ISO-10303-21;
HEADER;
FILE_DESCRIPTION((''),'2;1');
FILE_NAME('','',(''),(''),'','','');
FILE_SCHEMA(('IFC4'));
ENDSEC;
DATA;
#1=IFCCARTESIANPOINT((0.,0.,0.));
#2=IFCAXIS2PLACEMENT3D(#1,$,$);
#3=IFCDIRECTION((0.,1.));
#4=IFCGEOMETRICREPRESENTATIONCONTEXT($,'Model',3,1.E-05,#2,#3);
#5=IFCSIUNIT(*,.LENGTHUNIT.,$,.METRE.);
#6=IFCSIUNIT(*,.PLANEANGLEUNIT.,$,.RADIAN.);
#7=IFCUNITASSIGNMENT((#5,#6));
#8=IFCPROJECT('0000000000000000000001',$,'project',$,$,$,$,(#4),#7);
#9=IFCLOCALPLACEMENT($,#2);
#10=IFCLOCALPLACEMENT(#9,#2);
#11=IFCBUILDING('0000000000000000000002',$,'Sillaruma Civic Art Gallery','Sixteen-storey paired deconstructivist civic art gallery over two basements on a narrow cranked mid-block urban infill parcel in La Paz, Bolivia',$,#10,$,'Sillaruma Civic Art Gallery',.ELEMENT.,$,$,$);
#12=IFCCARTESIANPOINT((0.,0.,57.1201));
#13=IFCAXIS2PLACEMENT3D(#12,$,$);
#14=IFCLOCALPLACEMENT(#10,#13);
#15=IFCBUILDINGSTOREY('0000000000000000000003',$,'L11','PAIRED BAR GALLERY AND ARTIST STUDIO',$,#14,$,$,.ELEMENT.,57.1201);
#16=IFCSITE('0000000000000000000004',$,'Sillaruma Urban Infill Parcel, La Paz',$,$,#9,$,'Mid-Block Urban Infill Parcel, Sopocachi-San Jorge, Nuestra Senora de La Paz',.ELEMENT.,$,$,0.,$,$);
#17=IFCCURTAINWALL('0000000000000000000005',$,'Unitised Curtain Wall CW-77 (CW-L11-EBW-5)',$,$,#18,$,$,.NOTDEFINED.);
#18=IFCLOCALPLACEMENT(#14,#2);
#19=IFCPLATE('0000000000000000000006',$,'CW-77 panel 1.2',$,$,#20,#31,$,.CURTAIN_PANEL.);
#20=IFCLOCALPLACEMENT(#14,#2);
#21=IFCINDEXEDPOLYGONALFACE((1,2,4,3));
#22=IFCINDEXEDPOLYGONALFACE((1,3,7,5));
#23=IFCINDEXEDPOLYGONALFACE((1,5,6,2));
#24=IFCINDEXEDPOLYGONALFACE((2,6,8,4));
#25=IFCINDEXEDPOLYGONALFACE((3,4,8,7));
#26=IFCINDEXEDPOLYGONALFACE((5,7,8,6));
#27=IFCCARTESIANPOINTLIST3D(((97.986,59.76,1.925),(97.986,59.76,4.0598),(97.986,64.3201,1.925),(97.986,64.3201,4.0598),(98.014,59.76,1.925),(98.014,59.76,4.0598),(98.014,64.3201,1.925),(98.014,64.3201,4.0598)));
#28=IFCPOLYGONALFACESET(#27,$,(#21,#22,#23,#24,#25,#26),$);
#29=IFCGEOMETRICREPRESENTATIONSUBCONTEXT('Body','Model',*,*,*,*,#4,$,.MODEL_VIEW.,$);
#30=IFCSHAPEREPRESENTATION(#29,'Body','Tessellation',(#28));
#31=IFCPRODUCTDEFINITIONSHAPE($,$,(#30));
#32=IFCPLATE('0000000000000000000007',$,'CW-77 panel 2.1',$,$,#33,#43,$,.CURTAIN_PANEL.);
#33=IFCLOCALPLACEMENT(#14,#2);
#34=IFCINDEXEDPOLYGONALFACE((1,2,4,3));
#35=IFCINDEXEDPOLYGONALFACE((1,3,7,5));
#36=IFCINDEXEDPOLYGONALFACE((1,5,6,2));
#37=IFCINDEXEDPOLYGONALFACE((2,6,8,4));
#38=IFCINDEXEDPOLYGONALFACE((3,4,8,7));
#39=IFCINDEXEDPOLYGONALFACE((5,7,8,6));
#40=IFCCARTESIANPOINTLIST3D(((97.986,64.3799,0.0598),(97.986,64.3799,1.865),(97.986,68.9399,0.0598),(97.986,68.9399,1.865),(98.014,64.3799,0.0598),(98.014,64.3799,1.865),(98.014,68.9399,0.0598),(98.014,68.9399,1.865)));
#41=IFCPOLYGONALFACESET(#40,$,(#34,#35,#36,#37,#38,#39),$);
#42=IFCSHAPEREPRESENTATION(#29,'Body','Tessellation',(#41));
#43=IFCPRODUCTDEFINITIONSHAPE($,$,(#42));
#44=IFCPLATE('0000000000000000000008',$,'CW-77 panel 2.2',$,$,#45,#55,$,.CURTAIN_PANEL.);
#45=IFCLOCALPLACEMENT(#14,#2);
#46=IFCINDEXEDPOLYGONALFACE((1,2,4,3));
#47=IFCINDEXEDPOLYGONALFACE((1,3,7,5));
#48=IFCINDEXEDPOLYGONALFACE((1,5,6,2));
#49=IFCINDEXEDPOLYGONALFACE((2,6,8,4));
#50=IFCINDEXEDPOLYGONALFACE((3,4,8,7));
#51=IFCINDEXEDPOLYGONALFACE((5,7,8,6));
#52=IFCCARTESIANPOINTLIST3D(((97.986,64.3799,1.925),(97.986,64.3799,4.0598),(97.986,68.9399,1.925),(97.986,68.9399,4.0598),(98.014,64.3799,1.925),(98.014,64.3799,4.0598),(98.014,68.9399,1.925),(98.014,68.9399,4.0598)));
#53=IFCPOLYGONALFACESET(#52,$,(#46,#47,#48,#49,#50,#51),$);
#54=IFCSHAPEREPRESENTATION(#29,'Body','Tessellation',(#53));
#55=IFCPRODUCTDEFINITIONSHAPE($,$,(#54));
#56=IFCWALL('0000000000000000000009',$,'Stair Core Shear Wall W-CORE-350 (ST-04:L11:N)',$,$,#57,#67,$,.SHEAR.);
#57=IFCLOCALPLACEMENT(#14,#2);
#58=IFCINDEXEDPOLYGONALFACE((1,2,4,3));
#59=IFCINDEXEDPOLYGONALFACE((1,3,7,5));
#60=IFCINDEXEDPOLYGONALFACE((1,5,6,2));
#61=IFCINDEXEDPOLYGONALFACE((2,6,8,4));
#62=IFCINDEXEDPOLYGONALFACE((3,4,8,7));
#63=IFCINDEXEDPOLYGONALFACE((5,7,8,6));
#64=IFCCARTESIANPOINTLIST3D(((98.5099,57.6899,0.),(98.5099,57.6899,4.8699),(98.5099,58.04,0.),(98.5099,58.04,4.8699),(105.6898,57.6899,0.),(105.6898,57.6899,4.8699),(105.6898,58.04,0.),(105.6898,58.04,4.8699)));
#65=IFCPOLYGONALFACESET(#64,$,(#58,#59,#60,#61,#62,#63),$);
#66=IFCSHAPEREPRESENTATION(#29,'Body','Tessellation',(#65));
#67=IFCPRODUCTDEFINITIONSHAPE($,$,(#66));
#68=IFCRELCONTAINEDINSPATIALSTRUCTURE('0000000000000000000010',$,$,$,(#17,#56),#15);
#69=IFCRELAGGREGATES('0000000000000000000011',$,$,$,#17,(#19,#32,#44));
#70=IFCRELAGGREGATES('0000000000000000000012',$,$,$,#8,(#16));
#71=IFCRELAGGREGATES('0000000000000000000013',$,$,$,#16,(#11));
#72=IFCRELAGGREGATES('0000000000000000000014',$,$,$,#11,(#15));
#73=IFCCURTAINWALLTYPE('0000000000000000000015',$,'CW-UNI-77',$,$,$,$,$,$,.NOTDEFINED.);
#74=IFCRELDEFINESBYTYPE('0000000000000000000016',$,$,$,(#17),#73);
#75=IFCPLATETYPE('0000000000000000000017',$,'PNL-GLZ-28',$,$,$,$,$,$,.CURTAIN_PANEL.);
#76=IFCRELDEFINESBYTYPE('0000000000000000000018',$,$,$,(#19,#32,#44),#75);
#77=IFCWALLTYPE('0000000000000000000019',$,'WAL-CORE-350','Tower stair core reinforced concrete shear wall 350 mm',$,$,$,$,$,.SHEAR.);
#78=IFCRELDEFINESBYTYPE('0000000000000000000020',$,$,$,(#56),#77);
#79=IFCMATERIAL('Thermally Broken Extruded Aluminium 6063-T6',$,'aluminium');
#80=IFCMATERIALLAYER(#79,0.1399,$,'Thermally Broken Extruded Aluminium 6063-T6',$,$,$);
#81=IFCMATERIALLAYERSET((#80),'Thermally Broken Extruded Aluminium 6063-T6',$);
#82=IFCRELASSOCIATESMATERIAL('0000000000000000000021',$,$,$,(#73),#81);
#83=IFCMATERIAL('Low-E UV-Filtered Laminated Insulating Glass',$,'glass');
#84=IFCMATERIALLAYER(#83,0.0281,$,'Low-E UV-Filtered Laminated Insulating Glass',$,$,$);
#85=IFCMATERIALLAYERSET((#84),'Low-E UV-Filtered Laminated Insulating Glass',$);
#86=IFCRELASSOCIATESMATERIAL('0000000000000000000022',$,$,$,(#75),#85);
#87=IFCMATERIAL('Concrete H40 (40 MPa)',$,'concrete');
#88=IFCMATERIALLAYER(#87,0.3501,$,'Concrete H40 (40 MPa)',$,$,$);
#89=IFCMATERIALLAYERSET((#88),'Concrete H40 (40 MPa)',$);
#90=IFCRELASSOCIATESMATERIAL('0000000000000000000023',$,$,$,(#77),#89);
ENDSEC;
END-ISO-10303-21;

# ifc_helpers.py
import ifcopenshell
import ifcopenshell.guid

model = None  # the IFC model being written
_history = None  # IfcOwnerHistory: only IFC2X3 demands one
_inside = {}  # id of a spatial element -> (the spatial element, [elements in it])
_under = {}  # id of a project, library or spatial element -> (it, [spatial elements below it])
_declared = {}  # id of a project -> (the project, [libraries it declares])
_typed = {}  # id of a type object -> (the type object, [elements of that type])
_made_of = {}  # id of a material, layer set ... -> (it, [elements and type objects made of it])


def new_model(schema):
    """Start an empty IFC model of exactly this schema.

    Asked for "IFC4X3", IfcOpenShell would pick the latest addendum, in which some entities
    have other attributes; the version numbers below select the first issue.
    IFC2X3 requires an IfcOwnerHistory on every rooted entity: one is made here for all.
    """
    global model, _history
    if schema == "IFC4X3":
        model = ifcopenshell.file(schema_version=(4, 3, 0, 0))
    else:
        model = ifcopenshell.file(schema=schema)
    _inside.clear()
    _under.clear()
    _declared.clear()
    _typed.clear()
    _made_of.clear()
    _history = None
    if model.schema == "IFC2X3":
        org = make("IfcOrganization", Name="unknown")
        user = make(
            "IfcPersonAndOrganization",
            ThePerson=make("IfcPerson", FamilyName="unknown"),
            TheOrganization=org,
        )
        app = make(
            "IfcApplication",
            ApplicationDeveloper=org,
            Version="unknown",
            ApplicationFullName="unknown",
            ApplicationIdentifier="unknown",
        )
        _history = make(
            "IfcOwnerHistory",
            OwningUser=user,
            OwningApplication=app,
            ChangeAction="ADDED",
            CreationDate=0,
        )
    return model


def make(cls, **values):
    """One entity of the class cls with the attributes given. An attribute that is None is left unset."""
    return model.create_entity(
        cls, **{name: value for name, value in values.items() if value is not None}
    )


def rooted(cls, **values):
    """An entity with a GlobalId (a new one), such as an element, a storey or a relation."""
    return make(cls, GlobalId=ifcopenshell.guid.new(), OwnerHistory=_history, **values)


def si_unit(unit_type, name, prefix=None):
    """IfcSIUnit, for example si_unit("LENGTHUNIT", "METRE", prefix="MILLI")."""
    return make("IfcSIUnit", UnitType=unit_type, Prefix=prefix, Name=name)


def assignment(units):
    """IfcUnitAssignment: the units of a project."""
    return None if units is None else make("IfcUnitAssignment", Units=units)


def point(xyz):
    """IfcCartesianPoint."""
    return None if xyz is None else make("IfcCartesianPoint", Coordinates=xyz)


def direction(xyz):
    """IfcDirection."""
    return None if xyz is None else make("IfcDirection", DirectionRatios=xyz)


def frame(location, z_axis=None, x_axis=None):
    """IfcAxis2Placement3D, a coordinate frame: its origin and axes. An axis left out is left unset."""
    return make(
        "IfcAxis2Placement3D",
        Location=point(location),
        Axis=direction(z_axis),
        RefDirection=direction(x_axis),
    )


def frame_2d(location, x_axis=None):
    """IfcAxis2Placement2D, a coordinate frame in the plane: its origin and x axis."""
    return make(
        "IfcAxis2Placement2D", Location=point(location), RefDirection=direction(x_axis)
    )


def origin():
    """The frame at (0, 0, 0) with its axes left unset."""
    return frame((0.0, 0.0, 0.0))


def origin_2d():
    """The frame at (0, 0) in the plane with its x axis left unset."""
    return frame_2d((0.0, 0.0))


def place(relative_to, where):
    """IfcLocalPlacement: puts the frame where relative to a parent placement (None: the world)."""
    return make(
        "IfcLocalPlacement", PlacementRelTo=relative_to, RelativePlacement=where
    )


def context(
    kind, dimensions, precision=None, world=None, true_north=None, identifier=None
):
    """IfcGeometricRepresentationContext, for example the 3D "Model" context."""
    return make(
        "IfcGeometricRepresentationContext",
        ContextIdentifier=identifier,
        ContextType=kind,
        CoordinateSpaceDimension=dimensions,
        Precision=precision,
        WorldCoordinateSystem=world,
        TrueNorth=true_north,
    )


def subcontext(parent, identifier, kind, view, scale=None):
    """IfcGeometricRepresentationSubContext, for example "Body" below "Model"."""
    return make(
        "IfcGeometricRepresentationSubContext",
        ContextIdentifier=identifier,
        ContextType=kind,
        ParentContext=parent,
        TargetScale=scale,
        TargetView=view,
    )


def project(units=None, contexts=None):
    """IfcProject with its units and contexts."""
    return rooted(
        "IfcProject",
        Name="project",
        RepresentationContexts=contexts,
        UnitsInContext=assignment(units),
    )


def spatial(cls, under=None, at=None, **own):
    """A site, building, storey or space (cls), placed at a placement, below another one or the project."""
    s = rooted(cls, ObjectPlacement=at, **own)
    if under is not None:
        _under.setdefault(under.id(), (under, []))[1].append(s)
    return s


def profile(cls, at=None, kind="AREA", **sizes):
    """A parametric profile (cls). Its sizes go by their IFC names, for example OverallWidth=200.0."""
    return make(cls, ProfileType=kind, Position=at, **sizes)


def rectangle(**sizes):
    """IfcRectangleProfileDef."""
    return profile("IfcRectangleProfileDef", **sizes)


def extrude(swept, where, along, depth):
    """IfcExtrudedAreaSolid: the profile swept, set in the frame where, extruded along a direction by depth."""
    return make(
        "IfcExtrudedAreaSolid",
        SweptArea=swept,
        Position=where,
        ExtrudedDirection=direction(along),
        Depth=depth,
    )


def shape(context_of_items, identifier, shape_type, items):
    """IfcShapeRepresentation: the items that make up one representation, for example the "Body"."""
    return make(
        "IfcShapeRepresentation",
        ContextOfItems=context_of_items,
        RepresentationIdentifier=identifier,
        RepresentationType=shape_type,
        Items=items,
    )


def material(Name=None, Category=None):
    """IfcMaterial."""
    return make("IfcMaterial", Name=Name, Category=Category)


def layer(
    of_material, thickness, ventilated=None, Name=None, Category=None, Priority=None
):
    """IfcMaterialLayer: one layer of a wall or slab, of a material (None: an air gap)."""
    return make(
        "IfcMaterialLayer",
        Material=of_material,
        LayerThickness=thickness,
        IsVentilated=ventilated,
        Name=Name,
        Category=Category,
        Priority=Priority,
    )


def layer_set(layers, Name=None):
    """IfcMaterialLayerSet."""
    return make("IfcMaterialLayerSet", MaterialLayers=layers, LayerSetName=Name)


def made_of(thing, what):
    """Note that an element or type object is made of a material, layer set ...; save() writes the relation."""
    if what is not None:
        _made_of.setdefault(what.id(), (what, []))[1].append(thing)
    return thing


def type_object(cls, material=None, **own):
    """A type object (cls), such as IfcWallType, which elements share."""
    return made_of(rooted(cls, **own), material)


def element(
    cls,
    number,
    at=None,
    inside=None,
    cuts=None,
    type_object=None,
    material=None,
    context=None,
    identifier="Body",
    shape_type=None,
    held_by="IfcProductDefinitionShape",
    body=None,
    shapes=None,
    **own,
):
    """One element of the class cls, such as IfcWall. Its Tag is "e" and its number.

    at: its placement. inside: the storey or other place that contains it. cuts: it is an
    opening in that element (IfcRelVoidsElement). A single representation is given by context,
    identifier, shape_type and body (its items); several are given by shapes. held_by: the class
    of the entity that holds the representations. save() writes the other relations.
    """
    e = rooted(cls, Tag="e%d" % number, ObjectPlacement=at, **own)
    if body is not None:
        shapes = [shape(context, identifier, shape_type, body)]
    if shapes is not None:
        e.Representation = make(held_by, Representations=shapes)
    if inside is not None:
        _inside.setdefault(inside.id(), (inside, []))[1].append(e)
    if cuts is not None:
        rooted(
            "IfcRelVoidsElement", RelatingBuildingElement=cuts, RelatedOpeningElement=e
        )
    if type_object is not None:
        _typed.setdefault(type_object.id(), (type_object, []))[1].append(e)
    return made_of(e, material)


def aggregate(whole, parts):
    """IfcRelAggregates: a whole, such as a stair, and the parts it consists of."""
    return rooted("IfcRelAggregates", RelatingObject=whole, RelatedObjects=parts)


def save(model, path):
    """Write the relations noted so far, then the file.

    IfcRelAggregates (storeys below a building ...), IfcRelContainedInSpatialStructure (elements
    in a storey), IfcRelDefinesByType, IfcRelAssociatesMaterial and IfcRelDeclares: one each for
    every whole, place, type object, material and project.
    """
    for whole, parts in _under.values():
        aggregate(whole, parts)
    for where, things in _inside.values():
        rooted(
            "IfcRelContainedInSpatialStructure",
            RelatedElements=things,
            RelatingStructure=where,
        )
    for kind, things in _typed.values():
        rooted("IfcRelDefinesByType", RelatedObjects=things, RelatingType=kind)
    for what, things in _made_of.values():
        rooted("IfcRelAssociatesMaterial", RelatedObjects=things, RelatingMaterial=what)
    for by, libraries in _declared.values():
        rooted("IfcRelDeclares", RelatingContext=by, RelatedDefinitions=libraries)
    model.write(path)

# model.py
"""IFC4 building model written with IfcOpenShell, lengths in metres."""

from ifc_helpers import new_model, si_unit, direction, frame, frame_2d, origin, origin_2d, place, context, subcontext, project, spatial, rectangle, extrude, material, layer, layer_set, type_object, element, aggregate, save


model = new_model("IFC4")

# Units and contexts
model_context = context("Model", 3, precision=1e-05, world=origin(), true_north=direction((0.0, 1.0)))
body_context = subcontext(model_context, "Body", "Model", "MODEL_VIEW")
ifc_project = project(units=[si_unit("LENGTHUNIT", "METRE"), si_unit("PLANEANGLEUNIT", "RADIAN")], contexts=[model_context])

# Site, building, storey
site_placement = place(None, origin())
site = spatial("IfcSite", under=ifc_project, at=site_placement, Name="Sillaruma Urban Infill Parcel, La Paz", LongName="Mid-Block Urban Infill Parcel, Sopocachi-San Jorge, Nuestra Senora de La Paz", CompositionType="ELEMENT", RefElevation=0.0)
building_placement = place(site_placement, origin())
building = spatial("IfcBuilding", under=site, at=building_placement, Name="Sillaruma Civic Art Gallery", Description="Sixteen-storey paired deconstructivist civic art gallery over two basements on a narrow cranked mid-block urban infill parcel in La Paz, Bolivia", LongName="Sillaruma Civic Art Gallery", CompositionType="ELEMENT")
storey_placement = place(building_placement, frame((0.0, 0.0, 57.1201)))
storey = spatial("IfcBuildingStorey", under=building, at=storey_placement, Name="L11", Description="PAIRED BAR GALLERY AND ARTIST STUDIO", CompositionType="ELEMENT", Elevation=57.1201)

# Shared definitions
ifc_material_1 = material(Name="Concrete H40 (40 MPa)", Category="concrete")

# Curtain wall, plates
ifc_material_2 = material(Name="Thermally Broken Extruded Aluminium 6063-T6", Category="aluminium")
ifc_layer_1 = layer(ifc_material_2, 0.1399, Name="Thermally Broken Extruded Aluminium 6063-T6")
ifc_layer_set_1 = layer_set([ifc_layer_1], Name="Thermally Broken Extruded Aluminium 6063-T6")
curtain_wall_type = type_object("IfcCurtainWallType", Name="CW-UNI-77", PredefinedType="NOTDEFINED", material=ifc_layer_set_1)
curtain_wall_placement = place(storey_placement, origin())
curtain_wall = element("IfcCurtainWall", 1, at=curtain_wall_placement, inside=storey, type_object=curtain_wall_type, Name="Unitised Curtain Wall CW-77 (CW-L11-EBW-5)", PredefinedType="NOTDEFINED")
ifc_material_3 = material(Name="Low-E UV-Filtered Laminated Insulating Glass", Category="glass")
ifc_layer_2 = layer(ifc_material_3, 0.0281, Name="Low-E UV-Filtered Laminated Insulating Glass")
ifc_layer_set_2 = layer_set([ifc_layer_2], Name="Low-E UV-Filtered Laminated Insulating Glass")
plate_type = type_object("IfcPlateType", Name="PNL-GLZ-28", PredefinedType="CURTAIN_PANEL", material=ifc_layer_set_2)
plate_1_placement = place(storey_placement, frame((98.0, 62.04, 1.925), z_axis=(0.0, 0.0, 1.0), x_axis=(0.0, 1.0, 0.0)))
plate_1 = element("IfcPlate", 2, at=plate_1_placement, type_object=plate_type, Name="CW-77 panel 1.2", PredefinedType="CURTAIN_PANEL", context=body_context, shape_type="SweptSolid", body=[
    extrude(rectangle(XDim=4.5601, YDim=0.0281, at=origin_2d()), origin(), (0.0, 0.0, 1.0), 2.1348),
])
plate_2_placement = place(storey_placement, frame((98.0, 66.6599, 0.0598), z_axis=(0.0, 0.0, 1.0), x_axis=(0.0, 1.0, 0.0)))
plate_2 = element("IfcPlate", 3, at=plate_2_placement, type_object=plate_type, Name="CW-77 panel 2.1", PredefinedType="CURTAIN_PANEL", context=body_context, shape_type="SweptSolid", body=[
    extrude(rectangle(XDim=4.5601, YDim=0.0281, at=origin_2d()), origin(), (0.0, 0.0, 1.0), 1.8052),
])
plate_3_placement = place(storey_placement, frame((98.0, 66.6599, 1.925), z_axis=(0.0, 0.0, 1.0), x_axis=(0.0, 1.0, 0.0)))
plate_3 = element("IfcPlate", 4, at=plate_3_placement, type_object=plate_type, Name="CW-77 panel 2.2", PredefinedType="CURTAIN_PANEL", context=body_context, shape_type="SweptSolid", body=[
    extrude(rectangle(XDim=4.5601, YDim=0.0281, at=origin_2d()), origin(), (0.0, 0.0, 1.0), 2.1348),
])
aggregate(curtain_wall, [plate_1, plate_2, plate_3])

# Wall
ifc_layer_3 = layer(ifc_material_1, 0.3501, Name="Concrete H40 (40 MPa)")
ifc_layer_set_3 = layer_set([ifc_layer_3], Name="Concrete H40 (40 MPa)")
wall_type = type_object("IfcWallType", Name="WAL-CORE-350", Description="Tower stair core reinforced concrete shear wall 350 mm", PredefinedType="SHEAR", material=ifc_layer_set_3)
wall_placement = place(storey_placement, frame((98.51, 57.865, 0.0), z_axis=(0.0, 0.0, 1.0), x_axis=(1.0, 0.0, 0.0)))
element("IfcWall", 5, at=wall_placement, inside=storey, type_object=wall_type, Name="Stair Core Shear Wall W-CORE-350 (ST-04:L11:N)", PredefinedType="SHEAR", context=body_context, shape_type="SweptSolid", body=[
    extrude(rectangle(XDim=7.1799, YDim=0.3501, at=frame_2d((3.5898, 0.0))), origin(), (0.0, 0.0, 1.0), 4.8699),
])

save(model, "model.ifc")
